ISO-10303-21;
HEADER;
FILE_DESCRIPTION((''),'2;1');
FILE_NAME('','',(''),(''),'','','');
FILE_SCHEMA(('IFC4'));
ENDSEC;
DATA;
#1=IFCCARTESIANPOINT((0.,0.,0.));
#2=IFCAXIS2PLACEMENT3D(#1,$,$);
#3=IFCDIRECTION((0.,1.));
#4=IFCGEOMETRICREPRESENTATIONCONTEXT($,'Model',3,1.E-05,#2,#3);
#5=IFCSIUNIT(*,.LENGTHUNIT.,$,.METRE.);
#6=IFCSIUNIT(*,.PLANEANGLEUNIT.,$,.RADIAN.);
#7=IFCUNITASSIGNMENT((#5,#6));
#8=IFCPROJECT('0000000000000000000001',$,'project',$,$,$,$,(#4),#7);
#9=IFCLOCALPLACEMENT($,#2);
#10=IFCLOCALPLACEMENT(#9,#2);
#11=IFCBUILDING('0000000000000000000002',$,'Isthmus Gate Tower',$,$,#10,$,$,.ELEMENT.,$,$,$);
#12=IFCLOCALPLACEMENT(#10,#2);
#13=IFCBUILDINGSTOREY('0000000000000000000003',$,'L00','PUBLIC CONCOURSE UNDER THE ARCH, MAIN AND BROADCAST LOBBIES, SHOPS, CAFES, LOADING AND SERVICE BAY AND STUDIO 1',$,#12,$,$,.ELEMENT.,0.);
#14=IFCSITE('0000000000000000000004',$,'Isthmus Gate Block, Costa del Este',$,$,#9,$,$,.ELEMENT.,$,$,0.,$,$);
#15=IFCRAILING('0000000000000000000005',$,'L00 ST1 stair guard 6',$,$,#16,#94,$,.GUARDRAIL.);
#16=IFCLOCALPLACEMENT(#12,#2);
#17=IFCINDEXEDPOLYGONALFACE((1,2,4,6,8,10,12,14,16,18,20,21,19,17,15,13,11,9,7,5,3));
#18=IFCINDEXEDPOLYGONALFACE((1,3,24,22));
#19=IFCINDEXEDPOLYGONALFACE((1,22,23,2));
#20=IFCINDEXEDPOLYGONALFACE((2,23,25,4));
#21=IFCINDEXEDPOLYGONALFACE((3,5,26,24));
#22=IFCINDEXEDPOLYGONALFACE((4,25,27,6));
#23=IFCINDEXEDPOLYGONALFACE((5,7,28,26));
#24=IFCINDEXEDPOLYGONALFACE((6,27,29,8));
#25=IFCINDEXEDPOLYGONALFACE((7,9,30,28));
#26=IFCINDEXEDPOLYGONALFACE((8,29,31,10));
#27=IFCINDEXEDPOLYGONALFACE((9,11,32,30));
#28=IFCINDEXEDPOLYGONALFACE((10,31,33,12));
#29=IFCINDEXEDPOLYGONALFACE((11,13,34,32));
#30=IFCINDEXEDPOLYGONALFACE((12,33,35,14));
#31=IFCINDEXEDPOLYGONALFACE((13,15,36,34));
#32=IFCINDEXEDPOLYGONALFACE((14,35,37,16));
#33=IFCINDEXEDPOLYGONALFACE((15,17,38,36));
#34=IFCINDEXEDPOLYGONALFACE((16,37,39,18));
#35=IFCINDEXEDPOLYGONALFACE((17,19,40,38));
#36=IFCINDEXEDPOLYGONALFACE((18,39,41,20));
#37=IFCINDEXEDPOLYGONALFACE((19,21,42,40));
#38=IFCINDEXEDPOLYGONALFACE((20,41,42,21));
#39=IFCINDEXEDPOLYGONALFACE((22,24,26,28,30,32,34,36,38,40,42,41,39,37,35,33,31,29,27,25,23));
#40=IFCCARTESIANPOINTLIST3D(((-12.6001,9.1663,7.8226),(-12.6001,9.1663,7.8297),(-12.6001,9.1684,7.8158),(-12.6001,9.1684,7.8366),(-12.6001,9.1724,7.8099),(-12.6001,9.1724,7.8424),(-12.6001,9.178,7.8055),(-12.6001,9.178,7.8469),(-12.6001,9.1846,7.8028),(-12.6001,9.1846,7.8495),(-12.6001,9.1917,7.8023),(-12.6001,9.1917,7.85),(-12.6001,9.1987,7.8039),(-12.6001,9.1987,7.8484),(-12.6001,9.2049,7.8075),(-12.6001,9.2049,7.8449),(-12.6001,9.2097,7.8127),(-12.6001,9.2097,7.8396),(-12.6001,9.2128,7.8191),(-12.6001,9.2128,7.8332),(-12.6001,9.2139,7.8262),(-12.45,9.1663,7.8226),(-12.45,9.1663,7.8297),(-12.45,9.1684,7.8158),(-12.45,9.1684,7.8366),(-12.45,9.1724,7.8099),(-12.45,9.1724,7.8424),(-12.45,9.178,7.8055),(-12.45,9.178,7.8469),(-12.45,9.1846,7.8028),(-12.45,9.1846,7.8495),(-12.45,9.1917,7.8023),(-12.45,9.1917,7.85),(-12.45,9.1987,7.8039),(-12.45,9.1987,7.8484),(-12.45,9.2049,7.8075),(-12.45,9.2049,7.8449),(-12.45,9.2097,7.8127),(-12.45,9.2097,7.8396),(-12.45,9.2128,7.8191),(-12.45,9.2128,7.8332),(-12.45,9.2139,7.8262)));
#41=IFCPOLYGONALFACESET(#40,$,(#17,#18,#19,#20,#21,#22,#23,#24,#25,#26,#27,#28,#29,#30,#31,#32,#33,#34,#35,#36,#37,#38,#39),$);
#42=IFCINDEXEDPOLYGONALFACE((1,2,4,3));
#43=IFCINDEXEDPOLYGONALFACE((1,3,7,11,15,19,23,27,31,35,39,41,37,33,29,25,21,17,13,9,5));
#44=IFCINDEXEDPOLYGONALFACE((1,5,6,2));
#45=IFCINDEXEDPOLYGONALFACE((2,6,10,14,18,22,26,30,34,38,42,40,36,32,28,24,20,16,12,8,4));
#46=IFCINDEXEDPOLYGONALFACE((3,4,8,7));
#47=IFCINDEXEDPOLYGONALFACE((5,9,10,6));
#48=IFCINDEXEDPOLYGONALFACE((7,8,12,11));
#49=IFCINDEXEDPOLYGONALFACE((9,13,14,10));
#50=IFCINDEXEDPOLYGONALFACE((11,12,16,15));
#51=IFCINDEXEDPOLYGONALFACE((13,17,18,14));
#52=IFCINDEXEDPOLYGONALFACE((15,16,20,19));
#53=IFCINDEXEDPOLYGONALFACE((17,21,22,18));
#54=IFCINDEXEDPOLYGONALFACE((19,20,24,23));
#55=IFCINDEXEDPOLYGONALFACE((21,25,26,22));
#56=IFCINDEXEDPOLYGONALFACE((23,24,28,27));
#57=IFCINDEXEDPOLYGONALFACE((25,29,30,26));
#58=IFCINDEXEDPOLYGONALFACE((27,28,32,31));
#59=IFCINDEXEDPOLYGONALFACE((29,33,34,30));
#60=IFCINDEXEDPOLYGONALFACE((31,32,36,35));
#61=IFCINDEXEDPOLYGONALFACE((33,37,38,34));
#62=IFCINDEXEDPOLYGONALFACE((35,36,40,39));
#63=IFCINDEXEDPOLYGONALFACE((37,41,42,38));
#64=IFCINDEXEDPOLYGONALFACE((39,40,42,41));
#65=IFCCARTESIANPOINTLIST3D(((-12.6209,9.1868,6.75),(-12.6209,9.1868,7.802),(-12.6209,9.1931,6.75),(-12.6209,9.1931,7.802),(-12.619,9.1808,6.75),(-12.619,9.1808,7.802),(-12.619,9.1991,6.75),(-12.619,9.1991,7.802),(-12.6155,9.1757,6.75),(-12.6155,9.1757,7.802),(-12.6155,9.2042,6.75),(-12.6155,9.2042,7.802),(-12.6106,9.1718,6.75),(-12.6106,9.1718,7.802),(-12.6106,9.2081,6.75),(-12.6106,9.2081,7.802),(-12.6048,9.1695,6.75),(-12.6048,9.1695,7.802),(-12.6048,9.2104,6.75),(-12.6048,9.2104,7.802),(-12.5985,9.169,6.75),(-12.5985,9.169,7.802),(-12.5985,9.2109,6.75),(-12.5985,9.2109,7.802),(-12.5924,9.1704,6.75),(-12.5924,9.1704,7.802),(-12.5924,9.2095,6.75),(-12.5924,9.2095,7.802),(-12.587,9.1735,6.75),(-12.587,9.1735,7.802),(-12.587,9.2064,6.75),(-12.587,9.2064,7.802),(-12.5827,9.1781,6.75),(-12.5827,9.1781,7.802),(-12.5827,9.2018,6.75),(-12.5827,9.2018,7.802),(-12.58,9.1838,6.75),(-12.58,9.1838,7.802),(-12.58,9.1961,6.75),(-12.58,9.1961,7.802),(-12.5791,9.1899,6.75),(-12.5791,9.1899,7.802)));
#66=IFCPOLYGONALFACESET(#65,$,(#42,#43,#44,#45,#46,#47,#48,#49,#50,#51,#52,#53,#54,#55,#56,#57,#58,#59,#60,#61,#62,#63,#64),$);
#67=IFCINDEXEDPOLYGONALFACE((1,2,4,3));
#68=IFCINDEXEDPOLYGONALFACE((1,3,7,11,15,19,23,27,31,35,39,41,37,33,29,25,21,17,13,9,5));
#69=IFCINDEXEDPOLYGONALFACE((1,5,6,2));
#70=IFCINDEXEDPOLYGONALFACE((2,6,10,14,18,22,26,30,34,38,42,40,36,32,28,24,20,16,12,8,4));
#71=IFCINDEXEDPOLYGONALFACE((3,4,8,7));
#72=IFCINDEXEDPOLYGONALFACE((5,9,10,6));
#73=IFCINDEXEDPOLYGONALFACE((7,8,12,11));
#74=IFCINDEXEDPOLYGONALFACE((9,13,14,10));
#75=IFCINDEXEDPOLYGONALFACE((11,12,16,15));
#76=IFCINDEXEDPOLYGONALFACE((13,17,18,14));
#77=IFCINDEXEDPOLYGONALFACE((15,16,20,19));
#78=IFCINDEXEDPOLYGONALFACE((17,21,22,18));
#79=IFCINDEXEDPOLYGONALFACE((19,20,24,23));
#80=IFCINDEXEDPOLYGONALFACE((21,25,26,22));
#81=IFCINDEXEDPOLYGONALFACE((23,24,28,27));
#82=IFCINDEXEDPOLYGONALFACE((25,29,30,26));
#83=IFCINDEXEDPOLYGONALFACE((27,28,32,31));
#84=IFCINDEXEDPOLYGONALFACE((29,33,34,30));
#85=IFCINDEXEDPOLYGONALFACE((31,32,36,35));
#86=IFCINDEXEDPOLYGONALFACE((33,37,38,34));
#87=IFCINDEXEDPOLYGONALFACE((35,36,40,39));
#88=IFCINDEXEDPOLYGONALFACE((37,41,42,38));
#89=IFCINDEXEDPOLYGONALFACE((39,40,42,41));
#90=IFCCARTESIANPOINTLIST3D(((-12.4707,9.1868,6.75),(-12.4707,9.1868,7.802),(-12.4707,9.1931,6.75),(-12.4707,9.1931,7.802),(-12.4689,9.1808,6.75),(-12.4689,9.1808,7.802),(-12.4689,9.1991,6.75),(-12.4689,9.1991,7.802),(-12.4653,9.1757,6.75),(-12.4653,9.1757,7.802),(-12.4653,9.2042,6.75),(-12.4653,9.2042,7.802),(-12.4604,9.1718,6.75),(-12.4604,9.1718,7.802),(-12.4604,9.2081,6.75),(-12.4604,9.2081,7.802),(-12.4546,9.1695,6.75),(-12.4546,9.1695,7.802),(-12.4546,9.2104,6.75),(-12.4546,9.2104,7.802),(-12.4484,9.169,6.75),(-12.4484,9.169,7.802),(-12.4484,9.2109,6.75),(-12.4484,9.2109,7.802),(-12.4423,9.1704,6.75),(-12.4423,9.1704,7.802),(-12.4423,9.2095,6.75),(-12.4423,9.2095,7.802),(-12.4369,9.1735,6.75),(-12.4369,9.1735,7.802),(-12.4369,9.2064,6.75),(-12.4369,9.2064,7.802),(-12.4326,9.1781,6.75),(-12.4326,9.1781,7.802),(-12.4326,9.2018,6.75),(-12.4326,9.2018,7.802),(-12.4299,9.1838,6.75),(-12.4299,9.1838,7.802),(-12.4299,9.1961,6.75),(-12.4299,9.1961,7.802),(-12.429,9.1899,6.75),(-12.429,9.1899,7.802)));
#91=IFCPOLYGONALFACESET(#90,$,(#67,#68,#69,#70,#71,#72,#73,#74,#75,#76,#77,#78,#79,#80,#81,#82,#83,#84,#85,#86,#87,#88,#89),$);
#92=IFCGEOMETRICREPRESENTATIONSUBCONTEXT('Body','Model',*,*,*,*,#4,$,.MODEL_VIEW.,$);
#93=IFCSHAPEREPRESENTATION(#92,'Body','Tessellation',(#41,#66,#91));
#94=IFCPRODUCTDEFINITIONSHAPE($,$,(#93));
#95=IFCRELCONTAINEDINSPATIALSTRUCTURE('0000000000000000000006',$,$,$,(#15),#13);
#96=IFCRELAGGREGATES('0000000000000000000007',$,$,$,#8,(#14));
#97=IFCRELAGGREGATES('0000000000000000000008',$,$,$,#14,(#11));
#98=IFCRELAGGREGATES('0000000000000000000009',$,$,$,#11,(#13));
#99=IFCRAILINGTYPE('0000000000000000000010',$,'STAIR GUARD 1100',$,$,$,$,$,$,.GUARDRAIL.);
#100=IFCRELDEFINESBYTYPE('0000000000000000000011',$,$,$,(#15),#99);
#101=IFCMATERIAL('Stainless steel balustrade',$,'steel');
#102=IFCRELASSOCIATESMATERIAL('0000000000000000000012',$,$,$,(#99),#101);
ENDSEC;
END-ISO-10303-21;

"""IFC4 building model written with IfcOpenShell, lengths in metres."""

from ifc_helpers import new_model, si_unit, direction, frame, origin, origin_2d, place, context, subcontext, project, spatial, circle, extrude, material, type_object, element, save


model = new_model("IFC4")

# Units and contexts
model_context = context("Model", 3, precision=1e-05, world=origin(), true_north=direction((0.0, 1.0)))
body_context = subcontext(model_context, "Body", "Model", "MODEL_VIEW")
ifc_project = project(units=[si_unit("LENGTHUNIT", "METRE"), si_unit("PLANEANGLEUNIT", "RADIAN")], contexts=[model_context])

# Site, building, storey
site_placement = place(None, origin())
site = spatial("IfcSite", under=ifc_project, at=site_placement, Name="Isthmus Gate Block, Costa del Este", CompositionType="ELEMENT", RefElevation=0.0)
building_placement = place(site_placement, origin())
building = spatial("IfcBuilding", under=site, at=building_placement, Name="Isthmus Gate Tower", CompositionType="ELEMENT")
storey_placement = place(building_placement, origin())
storey = spatial("IfcBuildingStorey", under=building, at=storey_placement, Name="L00", Description="PUBLIC CONCOURSE UNDER THE ARCH, MAIN AND BROADCAST LOBBIES, SHOPS, CAFES, LOADING AND SERVICE BAY AND STUDIO 1", CompositionType="ELEMENT", Elevation=0.0)

# Railing
ifc_material_1 = material(Name="Stainless steel balustrade", Category="steel")
railing_type_1 = type_object("IfcRailingType", Name="STAIR GUARD 1100", PredefinedType="GUARDRAIL", material=ifc_material_1)
railing_1_placement = place(storey_placement, frame((-12.6001, 9.1899, 6.75)))
element("IfcRailing", 1, at=railing_1_placement, inside=storey, type_object=railing_type_1, Name="L00 ST1 stair guard 6", PredefinedType="GUARDRAIL", context=body_context, shape_type="SweptSolid", body=[
    extrude(circle(Radius=0.0239, at=origin_2d()), frame((0.0, 0.0, 1.0762), z_axis=(1.0, 0.0, 0.0), x_axis=(0.0, 1.0, 0.0)), (0.0, 0.0, 1.0), 0.1501),
    extrude(circle(Radius=0.021, at=origin_2d()), origin(), (0.0, 0.0, 1.0), 1.052),
    extrude(circle(Radius=0.021, at=origin_2d()), frame((0.1501, 0.0, 0.0)), (0.0, 0.0, 1.0), 1.052),
])

save(model, "model.ifc")
